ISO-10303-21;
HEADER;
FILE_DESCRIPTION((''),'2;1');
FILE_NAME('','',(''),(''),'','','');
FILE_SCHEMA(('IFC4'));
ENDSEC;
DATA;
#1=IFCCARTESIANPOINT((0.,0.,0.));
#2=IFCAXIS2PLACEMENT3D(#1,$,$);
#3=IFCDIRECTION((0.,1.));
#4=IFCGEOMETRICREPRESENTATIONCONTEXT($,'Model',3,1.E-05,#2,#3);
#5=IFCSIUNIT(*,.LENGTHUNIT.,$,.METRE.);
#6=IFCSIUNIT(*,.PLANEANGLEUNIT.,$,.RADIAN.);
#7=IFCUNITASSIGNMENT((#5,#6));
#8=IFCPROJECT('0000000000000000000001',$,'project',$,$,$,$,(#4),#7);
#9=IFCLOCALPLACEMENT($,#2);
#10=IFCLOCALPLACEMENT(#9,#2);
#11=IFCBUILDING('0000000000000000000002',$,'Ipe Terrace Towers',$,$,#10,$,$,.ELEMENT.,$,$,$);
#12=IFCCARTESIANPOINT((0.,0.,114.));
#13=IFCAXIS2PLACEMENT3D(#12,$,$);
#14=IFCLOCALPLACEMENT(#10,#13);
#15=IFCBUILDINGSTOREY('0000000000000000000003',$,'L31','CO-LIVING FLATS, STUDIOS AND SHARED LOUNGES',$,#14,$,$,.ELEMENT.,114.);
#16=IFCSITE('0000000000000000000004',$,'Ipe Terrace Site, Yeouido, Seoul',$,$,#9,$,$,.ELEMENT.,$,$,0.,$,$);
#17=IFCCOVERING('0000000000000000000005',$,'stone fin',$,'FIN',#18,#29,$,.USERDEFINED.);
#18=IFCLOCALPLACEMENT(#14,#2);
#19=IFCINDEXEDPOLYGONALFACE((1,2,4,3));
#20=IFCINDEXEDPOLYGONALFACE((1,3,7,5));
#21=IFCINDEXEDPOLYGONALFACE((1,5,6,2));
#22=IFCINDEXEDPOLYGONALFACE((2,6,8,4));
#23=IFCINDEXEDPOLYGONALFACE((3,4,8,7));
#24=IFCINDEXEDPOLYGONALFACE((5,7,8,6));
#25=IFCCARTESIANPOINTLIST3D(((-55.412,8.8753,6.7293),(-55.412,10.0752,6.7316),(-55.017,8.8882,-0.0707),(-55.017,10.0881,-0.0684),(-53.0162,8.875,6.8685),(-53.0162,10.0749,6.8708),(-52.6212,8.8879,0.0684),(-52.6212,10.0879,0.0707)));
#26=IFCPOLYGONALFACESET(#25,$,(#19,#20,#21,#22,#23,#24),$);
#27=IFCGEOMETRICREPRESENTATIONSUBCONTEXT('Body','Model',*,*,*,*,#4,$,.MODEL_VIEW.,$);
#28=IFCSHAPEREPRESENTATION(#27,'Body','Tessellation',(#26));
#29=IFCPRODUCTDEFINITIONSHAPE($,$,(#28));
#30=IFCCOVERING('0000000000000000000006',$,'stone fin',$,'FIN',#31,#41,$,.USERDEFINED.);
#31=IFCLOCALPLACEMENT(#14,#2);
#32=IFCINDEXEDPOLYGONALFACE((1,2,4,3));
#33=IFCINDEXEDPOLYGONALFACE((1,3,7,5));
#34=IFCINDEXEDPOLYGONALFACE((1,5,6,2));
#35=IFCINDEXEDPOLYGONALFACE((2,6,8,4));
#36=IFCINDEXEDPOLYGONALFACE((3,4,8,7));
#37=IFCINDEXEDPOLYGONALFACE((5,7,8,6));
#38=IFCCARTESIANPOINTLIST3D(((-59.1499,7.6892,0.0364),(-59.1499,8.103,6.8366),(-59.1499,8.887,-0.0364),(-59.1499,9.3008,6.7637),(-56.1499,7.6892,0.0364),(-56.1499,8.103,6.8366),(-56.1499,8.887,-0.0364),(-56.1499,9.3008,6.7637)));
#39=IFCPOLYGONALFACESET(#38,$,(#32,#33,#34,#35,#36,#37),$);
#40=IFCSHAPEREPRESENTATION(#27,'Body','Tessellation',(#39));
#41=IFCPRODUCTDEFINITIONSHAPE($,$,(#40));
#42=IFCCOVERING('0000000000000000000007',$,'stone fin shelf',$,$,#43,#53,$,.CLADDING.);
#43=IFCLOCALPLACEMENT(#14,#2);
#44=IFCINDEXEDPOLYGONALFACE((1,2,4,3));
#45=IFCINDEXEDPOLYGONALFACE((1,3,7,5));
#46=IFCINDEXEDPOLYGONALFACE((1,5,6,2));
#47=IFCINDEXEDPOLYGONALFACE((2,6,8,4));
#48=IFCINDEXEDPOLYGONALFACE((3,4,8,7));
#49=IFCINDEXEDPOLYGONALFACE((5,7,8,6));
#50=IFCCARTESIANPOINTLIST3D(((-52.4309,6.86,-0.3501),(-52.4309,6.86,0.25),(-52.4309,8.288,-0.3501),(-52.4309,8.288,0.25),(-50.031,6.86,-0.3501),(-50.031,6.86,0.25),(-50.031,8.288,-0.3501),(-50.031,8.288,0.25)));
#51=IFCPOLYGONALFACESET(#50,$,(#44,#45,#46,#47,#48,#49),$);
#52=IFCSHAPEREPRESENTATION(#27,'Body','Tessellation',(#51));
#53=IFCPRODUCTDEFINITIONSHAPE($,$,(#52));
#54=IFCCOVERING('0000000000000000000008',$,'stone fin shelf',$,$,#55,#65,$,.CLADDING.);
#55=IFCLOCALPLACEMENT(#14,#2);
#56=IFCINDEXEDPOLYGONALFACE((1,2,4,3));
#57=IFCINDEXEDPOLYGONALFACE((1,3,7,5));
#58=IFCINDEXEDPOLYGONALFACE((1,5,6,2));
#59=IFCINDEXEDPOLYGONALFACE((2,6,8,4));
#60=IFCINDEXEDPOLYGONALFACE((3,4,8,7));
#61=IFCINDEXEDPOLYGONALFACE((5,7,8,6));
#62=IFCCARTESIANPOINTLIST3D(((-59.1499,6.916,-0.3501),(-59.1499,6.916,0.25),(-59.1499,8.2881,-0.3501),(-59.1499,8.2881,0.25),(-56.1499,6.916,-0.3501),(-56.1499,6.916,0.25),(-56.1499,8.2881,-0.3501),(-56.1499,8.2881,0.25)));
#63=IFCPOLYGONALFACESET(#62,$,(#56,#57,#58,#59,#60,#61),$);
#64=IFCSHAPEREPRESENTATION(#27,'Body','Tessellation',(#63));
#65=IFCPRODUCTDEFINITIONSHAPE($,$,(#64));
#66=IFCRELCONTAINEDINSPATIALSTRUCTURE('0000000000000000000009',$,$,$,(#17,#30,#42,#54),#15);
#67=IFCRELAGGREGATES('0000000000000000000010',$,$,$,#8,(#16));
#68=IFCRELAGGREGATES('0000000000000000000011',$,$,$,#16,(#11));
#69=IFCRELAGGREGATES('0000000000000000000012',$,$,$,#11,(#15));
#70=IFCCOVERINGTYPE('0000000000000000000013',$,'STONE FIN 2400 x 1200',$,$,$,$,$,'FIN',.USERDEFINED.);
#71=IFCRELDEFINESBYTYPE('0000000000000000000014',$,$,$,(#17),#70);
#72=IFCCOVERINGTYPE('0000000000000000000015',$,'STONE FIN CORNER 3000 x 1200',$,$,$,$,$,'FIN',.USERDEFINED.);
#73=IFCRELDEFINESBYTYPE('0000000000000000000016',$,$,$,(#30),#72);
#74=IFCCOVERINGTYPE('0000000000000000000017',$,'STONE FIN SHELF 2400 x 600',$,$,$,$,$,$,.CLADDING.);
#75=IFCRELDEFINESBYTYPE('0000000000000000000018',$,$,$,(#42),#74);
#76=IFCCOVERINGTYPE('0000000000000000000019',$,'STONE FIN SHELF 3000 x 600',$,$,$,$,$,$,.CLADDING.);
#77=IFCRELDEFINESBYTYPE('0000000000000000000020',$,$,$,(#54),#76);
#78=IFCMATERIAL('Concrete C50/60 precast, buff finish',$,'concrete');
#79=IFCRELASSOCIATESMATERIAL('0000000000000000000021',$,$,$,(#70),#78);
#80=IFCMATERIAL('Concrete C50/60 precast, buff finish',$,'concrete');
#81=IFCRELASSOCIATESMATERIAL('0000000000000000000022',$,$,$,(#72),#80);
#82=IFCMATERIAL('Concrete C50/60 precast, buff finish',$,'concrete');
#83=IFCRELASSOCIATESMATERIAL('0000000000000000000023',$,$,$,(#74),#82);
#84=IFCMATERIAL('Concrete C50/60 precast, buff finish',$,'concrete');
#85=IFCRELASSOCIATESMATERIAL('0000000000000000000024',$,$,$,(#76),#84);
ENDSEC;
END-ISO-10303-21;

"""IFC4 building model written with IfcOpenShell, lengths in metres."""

from ifc_helpers import new_model, si_unit, direction, frame, origin, origin_2d, place, context, subcontext, project, spatial, rectangle, extrude, material, material_profile, profile_set, type_object, element, save


model = new_model("IFC4")

# Units and contexts
model_context = context("Model", 3, precision=1e-05, world=origin(), true_north=direction((0.0, 1.0)))
body_context = subcontext(model_context, "Body", "Model", "MODEL_VIEW")
ifc_project = project(units=[si_unit("LENGTHUNIT", "METRE"), si_unit("PLANEANGLEUNIT", "RADIAN")], contexts=[model_context])

# Site, building, storey
site_placement = place(None, origin())
site = spatial("IfcSite", under=ifc_project, at=site_placement, Name="Ipe Terrace Site, Yeouido, Seoul", CompositionType="ELEMENT", RefElevation=0.0)
building_placement = place(site_placement, origin())
building = spatial("IfcBuilding", under=site, at=building_placement, Name="Ipe Terrace Towers", CompositionType="ELEMENT")
storey_placement = place(building_placement, frame((0.0, 0.0, 114.0)))
storey = spatial("IfcBuildingStorey", under=building, at=storey_placement, Name="L31", Description="CO-LIVING FLATS, STUDIOS AND SHARED LOUNGES", CompositionType="ELEMENT", Elevation=114.0)

# Coverings
ifc_material_1 = material(Name="Concrete C50/60 precast, buff finish", Category="concrete")
ifc_material_profile_1 = material_profile(ifc_material_1, rectangle(XDim=2.3999, YDim=1.2, at=origin_2d()), Name="STONE FIN 2400 x 1200")
ifc_profile_set_1 = profile_set([ifc_material_profile_1], Name="Concrete C50/60 precast, buff finish")
covering_type_1 = type_object("IfcCoveringType", Name="STONE FIN 2400 x 1200", ElementType="FIN", PredefinedType="USERDEFINED", material=ifc_profile_set_1)
covering_1_placement = place(storey_placement, frame((-53.8191, 9.488, 0.0), z_axis=(-0.057993, -0.0019, 0.998315), x_axis=(-0.998317, 0.00011, -0.057993)))
element("IfcCovering", 1, at=covering_1_placement, inside=storey, type_object=covering_type_1, Name="stone fin", ObjectType="FIN", PredefinedType="USERDEFINED", context=body_context, shape_type="SweptSolid", body=[
    extrude(rectangle(XDim=2.3999, YDim=1.2, at=origin_2d()), origin(), (0.0, 0.0, 1.0), 6.8115),
])
ifc_material_2 = material(Name="Concrete C50/60 precast, buff finish", Category="concrete")
ifc_material_profile_2 = material_profile(ifc_material_2, rectangle(XDim=3.0, YDim=1.2, at=origin_2d()), Name="STONE FIN CORNER 3000 x 1200")
ifc_profile_set_2 = profile_set([ifc_material_profile_2], Name="Concrete C50/60 precast, buff finish")
covering_type_2 = type_object("IfcCoveringType", Name="STONE FIN CORNER 3000 x 1200", ElementType="FIN", PredefinedType="USERDEFINED", material=ifc_profile_set_2)
covering_2_placement = place(storey_placement, frame((-57.6499, 8.2881, 0.0), z_axis=(0.0, 0.060743, 0.998153), x_axis=(-1.0, 0.0, 0.0)))
element("IfcCovering", 2, at=covering_2_placement, inside=storey, type_object=covering_type_2, Name="stone fin", ObjectType="FIN", PredefinedType="USERDEFINED", context=body_context, shape_type="SweptSolid", body=[
    extrude(rectangle(XDim=3.0, YDim=1.2, at=origin_2d()), origin(), (0.0, 0.0, 1.0), 6.8127),
])
ifc_material_3 = material(Name="Concrete C50/60 precast, buff finish", Category="concrete")
covering_type_3 = type_object("IfcCoveringType", Name="STONE FIN SHELF 2400 x 600", PredefinedType="CLADDING", material=ifc_material_3)
covering_3_placement = place(storey_placement, frame((-51.231, 7.574, -0.3501), z_axis=(0.0, 0.0, 1.0), x_axis=(-1.0, 0.0, 0.0)))
element("IfcCovering", 3, at=covering_3_placement, inside=storey, type_object=covering_type_3, Name="stone fin shelf", PredefinedType="CLADDING", context=body_context, shape_type="SweptSolid", body=[
    extrude(rectangle(XDim=2.3999, YDim=1.428, at=origin_2d()), origin(), (0.0, 0.0, 1.0), 0.6001),
])
ifc_material_4 = material(Name="Concrete C50/60 precast, buff finish", Category="concrete")
covering_type_4 = type_object("IfcCoveringType", Name="STONE FIN SHELF 3000 x 600", PredefinedType="CLADDING", material=ifc_material_4)
covering_4_placement = place(storey_placement, frame((-57.6499, 7.6021, -0.3501), z_axis=(0.0, 0.0, 1.0), x_axis=(-1.0, 0.0, 0.0)))
element("IfcCovering", 4, at=covering_4_placement, inside=storey, type_object=covering_type_4, Name="stone fin shelf", PredefinedType="CLADDING", context=body_context, shape_type="SweptSolid", body=[
    extrude(rectangle(XDim=3.0, YDim=1.3721, at=origin_2d()), origin(), (0.0, 0.0, 1.0), 0.6001),
])

save(model, "model.ifc")
